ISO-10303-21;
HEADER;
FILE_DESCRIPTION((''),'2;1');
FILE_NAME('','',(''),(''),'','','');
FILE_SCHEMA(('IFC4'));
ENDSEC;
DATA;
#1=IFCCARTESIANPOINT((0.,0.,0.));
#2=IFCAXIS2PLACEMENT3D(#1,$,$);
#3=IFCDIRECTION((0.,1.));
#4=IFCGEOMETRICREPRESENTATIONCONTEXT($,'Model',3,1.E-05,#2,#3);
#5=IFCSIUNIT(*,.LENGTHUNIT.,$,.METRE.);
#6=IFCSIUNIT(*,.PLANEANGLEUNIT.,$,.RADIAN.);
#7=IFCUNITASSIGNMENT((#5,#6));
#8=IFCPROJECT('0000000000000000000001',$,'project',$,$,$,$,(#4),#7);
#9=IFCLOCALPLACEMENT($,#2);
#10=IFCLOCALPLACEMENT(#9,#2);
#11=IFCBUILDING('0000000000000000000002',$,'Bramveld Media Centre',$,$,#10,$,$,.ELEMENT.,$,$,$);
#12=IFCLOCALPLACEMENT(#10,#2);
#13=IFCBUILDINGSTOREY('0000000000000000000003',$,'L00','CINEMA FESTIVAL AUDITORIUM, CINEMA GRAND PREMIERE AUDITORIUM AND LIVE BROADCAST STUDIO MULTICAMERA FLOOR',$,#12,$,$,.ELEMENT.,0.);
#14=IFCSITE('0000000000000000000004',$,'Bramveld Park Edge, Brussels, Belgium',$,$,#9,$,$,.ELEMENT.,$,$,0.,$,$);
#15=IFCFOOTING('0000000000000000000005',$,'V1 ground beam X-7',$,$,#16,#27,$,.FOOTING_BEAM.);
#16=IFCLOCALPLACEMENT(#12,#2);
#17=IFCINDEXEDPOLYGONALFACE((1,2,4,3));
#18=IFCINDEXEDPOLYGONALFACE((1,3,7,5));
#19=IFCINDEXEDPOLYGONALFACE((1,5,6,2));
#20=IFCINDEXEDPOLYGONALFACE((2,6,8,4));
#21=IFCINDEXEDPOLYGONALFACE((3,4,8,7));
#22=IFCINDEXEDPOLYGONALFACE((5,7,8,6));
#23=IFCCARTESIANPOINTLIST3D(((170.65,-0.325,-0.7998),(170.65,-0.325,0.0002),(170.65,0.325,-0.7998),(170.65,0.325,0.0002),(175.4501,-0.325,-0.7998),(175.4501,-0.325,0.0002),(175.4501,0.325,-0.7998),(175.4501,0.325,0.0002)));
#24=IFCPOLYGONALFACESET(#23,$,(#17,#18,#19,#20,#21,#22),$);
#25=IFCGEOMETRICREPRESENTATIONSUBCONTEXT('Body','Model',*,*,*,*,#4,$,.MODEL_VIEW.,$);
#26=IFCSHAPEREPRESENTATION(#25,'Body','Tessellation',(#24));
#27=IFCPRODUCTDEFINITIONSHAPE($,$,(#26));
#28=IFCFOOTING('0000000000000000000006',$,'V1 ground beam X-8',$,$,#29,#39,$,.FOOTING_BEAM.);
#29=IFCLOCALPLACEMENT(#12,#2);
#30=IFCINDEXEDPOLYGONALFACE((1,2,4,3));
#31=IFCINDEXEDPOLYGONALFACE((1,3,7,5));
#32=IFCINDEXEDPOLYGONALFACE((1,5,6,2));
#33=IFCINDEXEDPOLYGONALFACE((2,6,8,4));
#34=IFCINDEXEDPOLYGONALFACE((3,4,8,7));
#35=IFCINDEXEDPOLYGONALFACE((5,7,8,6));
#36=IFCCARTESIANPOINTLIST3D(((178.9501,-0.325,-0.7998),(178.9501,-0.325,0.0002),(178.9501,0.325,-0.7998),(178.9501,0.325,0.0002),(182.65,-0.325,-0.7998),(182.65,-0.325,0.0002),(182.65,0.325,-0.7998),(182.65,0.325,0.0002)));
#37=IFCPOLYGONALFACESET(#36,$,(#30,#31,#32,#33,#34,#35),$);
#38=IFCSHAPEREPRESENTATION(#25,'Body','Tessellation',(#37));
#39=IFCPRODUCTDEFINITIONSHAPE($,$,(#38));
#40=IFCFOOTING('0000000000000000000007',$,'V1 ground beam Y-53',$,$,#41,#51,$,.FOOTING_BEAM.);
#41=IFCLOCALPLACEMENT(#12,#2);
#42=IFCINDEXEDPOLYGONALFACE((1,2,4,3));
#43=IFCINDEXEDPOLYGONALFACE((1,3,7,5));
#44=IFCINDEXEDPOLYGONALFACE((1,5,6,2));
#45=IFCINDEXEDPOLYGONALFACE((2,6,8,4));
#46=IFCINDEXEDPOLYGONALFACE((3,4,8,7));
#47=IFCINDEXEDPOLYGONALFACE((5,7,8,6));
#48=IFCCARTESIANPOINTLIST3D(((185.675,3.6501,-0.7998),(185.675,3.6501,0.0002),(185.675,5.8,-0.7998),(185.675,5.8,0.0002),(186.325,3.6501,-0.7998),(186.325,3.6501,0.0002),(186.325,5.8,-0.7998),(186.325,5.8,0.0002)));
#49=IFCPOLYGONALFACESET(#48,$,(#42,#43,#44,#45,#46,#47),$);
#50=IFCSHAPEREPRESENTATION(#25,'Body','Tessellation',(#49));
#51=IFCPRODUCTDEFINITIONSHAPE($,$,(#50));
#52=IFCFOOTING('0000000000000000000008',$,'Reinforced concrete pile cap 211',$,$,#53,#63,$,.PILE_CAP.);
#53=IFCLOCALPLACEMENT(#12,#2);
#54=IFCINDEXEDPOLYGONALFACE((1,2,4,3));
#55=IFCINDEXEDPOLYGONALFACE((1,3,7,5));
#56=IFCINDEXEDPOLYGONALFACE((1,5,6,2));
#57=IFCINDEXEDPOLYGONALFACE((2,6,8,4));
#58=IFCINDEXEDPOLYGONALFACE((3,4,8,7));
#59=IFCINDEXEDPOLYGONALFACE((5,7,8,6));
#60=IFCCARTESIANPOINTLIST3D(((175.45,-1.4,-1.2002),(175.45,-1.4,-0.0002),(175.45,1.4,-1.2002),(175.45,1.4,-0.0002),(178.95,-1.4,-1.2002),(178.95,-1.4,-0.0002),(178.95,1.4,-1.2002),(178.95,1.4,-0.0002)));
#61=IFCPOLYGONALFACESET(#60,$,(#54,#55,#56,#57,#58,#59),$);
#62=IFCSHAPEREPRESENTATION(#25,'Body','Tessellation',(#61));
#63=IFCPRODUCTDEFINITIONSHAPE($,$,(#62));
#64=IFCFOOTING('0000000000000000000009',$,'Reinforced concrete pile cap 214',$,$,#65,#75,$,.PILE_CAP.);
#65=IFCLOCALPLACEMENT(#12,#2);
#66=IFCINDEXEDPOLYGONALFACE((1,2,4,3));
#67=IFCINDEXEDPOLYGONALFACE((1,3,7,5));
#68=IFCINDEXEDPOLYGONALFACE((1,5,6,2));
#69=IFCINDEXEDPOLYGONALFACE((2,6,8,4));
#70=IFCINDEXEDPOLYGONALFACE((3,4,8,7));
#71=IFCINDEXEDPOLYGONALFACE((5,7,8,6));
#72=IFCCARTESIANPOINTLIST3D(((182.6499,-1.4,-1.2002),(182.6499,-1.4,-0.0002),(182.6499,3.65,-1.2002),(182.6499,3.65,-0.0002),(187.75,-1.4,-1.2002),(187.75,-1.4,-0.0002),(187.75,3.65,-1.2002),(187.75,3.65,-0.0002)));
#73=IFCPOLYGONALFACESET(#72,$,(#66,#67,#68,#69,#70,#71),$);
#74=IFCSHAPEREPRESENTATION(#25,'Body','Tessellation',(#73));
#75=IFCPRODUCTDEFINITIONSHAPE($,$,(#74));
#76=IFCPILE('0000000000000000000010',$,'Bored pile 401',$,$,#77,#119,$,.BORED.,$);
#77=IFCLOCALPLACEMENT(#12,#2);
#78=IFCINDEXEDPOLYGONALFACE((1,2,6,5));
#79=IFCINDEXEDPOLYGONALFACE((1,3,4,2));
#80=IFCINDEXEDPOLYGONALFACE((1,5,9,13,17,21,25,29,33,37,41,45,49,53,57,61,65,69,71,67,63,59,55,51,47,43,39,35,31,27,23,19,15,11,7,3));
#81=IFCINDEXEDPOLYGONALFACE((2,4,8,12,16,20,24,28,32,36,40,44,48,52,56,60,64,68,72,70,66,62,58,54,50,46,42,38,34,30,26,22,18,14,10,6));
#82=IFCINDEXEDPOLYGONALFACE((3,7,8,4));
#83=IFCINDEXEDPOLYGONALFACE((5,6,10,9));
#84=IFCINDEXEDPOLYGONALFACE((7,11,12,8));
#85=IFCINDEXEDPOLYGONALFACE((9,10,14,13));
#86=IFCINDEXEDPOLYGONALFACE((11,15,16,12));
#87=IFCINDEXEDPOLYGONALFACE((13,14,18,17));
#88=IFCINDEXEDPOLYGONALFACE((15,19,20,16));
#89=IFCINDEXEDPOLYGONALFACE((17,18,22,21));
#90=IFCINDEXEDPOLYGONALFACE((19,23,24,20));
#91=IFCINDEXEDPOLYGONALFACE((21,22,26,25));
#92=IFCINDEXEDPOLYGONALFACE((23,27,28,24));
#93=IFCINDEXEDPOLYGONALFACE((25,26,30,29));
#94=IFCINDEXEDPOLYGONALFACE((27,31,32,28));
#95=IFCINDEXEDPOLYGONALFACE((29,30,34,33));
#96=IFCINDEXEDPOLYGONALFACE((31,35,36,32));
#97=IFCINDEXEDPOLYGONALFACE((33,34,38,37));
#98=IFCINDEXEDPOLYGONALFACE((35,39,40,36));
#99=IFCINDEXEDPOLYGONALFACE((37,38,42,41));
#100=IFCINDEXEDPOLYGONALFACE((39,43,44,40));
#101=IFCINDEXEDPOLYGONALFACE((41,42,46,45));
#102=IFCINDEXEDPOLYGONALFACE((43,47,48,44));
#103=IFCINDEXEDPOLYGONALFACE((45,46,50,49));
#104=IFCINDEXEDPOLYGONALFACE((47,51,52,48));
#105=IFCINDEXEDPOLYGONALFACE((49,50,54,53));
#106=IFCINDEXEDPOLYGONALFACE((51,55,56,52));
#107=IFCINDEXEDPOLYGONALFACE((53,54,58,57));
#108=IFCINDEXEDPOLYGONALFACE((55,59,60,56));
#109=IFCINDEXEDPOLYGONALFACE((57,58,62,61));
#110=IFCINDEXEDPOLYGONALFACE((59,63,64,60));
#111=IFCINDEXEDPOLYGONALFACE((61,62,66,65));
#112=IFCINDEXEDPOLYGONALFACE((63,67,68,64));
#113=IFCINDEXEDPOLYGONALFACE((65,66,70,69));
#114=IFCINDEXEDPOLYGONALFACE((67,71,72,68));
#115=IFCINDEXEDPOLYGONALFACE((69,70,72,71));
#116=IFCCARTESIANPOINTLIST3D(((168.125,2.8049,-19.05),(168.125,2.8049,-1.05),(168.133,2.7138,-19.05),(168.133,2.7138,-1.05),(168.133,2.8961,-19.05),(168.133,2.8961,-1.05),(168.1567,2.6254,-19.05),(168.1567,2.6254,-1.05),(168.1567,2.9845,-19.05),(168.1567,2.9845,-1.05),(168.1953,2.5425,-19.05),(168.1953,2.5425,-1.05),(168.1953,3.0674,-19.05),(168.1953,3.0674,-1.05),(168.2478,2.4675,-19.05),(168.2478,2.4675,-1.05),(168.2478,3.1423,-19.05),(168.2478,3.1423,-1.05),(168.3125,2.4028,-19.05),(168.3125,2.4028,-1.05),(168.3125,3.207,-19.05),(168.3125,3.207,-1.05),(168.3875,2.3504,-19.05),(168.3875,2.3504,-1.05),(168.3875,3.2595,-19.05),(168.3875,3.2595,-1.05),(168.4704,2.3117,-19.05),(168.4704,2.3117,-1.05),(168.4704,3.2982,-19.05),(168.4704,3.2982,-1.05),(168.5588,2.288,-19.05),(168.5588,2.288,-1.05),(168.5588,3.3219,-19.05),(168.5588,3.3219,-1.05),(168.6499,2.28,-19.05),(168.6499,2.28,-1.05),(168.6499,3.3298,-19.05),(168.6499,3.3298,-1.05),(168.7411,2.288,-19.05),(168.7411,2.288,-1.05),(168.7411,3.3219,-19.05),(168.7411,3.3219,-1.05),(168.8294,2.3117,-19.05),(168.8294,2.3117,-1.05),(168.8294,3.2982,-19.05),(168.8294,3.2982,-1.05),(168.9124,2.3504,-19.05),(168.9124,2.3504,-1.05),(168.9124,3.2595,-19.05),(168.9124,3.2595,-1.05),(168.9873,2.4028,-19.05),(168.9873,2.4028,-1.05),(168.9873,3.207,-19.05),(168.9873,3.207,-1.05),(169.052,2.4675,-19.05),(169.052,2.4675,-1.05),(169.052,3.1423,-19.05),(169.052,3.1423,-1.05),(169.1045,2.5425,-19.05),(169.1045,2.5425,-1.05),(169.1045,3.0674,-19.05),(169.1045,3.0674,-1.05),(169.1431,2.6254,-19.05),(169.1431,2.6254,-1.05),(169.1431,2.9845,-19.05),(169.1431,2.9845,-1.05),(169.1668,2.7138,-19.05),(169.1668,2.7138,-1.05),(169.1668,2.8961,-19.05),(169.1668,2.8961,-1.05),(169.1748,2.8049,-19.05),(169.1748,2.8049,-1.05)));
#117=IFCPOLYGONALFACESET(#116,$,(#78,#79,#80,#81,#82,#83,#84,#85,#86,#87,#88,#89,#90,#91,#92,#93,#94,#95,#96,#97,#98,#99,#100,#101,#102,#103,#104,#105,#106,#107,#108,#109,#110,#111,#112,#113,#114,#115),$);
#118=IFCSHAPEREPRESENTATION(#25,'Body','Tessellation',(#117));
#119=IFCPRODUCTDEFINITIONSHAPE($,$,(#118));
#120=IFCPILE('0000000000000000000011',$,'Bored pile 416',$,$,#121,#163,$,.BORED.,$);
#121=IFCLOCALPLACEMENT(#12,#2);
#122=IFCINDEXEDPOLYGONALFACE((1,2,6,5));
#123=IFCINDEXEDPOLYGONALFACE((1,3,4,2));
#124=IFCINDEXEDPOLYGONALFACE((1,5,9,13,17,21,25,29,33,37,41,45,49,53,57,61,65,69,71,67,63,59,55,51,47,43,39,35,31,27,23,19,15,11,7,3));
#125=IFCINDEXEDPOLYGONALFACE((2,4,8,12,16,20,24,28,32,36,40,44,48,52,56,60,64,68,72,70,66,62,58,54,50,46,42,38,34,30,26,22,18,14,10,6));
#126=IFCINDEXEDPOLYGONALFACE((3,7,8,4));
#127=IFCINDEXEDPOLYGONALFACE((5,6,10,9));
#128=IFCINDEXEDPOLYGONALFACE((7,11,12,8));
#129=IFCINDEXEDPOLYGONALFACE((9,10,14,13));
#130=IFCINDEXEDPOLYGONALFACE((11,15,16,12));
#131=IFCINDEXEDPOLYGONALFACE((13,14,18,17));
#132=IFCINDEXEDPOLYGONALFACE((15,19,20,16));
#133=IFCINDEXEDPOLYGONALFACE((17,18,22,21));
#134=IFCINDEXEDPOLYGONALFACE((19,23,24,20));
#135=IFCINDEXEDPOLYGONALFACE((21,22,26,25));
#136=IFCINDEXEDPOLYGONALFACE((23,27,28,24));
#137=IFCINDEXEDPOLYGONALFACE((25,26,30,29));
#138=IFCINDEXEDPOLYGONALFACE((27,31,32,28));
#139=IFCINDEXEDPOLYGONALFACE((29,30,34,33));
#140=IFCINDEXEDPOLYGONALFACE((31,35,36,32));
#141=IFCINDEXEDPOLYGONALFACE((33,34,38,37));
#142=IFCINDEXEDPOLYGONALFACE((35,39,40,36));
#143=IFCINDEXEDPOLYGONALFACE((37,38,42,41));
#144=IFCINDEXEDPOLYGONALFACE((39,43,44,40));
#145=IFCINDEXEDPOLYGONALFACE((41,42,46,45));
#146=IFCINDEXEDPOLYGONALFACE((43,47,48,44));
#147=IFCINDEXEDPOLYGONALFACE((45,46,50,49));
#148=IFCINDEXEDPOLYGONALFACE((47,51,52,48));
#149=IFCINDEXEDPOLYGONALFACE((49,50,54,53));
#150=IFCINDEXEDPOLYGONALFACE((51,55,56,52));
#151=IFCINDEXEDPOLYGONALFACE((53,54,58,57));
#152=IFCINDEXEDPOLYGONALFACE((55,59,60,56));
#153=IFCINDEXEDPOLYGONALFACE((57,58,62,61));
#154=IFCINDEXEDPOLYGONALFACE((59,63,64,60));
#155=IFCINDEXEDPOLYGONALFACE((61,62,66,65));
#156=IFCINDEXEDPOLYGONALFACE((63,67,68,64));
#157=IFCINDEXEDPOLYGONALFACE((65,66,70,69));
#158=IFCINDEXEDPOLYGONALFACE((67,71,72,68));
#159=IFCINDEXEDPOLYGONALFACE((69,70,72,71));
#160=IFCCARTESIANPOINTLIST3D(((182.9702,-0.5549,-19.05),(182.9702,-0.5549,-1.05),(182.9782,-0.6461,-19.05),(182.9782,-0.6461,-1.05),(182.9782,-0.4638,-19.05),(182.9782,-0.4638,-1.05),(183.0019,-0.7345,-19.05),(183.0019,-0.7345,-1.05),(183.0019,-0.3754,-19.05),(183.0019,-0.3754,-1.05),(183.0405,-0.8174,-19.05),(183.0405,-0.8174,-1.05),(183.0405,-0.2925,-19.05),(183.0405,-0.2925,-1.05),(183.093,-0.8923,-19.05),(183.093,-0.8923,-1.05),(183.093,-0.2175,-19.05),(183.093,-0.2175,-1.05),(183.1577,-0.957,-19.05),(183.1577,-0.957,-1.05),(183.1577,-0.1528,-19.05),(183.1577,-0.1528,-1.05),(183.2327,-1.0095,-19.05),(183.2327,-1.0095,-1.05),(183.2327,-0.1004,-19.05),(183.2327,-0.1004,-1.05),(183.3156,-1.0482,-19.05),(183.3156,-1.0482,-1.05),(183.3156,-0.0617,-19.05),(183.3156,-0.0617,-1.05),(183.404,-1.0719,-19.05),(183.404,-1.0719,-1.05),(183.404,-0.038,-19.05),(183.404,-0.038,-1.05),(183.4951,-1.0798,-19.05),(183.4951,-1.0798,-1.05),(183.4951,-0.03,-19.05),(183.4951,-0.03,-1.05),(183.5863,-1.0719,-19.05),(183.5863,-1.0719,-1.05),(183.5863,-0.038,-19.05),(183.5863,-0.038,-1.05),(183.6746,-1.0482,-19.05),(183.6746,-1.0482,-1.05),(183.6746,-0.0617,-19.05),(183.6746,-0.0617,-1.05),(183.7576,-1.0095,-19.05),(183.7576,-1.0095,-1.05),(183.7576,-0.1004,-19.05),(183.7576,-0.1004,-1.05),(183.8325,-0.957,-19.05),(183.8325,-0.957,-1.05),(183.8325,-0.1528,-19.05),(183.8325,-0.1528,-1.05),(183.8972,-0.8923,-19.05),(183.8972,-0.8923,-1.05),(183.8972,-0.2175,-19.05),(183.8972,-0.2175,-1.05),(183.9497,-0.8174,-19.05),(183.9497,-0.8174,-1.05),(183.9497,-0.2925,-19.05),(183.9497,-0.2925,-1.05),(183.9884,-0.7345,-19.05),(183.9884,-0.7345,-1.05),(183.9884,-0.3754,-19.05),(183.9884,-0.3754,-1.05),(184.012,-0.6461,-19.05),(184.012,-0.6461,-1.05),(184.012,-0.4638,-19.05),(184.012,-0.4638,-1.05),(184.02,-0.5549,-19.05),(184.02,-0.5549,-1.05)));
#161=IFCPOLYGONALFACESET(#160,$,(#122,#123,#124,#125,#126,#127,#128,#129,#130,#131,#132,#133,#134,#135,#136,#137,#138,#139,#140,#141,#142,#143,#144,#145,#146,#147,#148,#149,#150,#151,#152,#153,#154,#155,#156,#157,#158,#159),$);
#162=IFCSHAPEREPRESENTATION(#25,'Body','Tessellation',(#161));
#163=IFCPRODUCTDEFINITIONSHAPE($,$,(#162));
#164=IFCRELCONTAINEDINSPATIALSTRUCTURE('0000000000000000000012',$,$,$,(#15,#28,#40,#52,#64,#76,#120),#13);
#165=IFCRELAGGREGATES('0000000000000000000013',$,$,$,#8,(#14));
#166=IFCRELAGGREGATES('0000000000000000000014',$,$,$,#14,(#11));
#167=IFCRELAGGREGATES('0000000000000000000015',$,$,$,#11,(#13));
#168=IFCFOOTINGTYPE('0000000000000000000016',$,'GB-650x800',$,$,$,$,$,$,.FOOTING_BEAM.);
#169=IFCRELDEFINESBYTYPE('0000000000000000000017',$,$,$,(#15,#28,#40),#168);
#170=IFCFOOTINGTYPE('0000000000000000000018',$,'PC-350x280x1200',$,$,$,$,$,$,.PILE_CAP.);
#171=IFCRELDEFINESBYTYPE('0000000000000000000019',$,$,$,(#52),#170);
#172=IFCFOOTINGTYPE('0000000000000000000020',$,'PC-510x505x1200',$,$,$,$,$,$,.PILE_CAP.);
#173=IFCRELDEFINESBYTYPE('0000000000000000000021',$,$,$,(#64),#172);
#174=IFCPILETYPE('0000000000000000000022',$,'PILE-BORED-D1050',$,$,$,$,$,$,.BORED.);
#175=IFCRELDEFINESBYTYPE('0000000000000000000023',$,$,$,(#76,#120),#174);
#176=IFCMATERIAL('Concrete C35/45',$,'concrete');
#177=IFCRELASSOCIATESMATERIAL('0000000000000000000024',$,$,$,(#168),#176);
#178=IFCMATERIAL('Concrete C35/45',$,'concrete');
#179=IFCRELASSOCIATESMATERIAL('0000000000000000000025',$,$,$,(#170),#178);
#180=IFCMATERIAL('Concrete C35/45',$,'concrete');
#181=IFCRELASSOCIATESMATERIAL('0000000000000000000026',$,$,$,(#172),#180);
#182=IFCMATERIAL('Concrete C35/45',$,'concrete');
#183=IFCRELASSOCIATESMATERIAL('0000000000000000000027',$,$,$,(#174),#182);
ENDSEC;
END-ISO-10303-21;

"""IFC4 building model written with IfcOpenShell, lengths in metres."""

from ifc_helpers import new_model, si_unit, direction, frame, origin, origin_2d, place, context, subcontext, project, spatial, rectangle, circle, extrude, material, material_profile, profile_set, type_object, element, save


model = new_model("IFC4")

# Units and contexts
model_context = context("Model", 3, precision=1e-05, world=origin(), true_north=direction((0.0, 1.0)))
body_context = subcontext(model_context, "Body", "Model", "MODEL_VIEW")
ifc_project = project(units=[si_unit("LENGTHUNIT", "METRE"), si_unit("PLANEANGLEUNIT", "RADIAN")], contexts=[model_context])

# Site, building, storey
site_placement = place(None, origin())
site = spatial("IfcSite", under=ifc_project, at=site_placement, Name="Bramveld Park Edge, Brussels, Belgium", CompositionType="ELEMENT", RefElevation=0.0)
building_placement = place(site_placement, origin())
building = spatial("IfcBuilding", under=site, at=building_placement, Name="Bramveld Media Centre", CompositionType="ELEMENT")
storey_placement = place(building_placement, origin())
storey = spatial("IfcBuildingStorey", under=building, at=storey_placement, Name="L00", Description="CINEMA FESTIVAL AUDITORIUM, CINEMA GRAND PREMIERE AUDITORIUM AND LIVE BROADCAST STUDIO MULTICAMERA FLOOR", CompositionType="ELEMENT", Elevation=0.0)

# Footings
ifc_material_1 = material(Name="Concrete C35/45", Category="concrete")
footing_type_1 = type_object("IfcFootingType", Name="GB-650x800", PredefinedType="FOOTING_BEAM", material=ifc_material_1)
footing_1_placement = place(storey_placement, frame((173.05, 0.0, -0.7998), z_axis=(0.0, 0.0, 1.0), x_axis=(1.0, 0.0, 0.0)))
element("IfcFooting", 1, at=footing_1_placement, inside=storey, type_object=footing_type_1, Name="V1 ground beam X-7", PredefinedType="FOOTING_BEAM", context=body_context, shape_type="SweptSolid", body=[
    extrude(rectangle(XDim=4.8, YDim=0.6499, at=origin_2d()), origin(), (0.0, 0.0, 1.0), 0.8),
])
footing_2_placement = place(storey_placement, frame((180.8, 0.0, -0.7998), z_axis=(0.0, 0.0, 1.0), x_axis=(1.0, 0.0, 0.0)))
element("IfcFooting", 2, at=footing_2_placement, inside=storey, type_object=footing_type_1, Name="V1 ground beam X-8", PredefinedType="FOOTING_BEAM", context=body_context, shape_type="SweptSolid", body=[
    extrude(rectangle(XDim=3.7, YDim=0.6499, at=origin_2d()), origin(), (0.0, 0.0, 1.0), 0.8),
])
footing_3_placement = place(storey_placement, frame((186.0, 4.7251, -0.7998), z_axis=(0.0, 0.0, 1.0), x_axis=(1.0, 0.0, 0.0)))
element("IfcFooting", 3, at=footing_3_placement, inside=storey, type_object=footing_type_1, Name="V1 ground beam Y-53", PredefinedType="FOOTING_BEAM", context=body_context, shape_type="SweptSolid", body=[
    extrude(rectangle(XDim=0.6499, YDim=2.1499, at=origin_2d()), origin(), (0.0, 0.0, 1.0), 0.8),
])
ifc_material_2 = material(Name="Concrete C35/45", Category="concrete")
footing_type_2 = type_object("IfcFootingType", Name="PC-350x280x1200", PredefinedType="PILE_CAP", material=ifc_material_2)
footing_4_placement = place(storey_placement, frame((177.2, 0.0, -1.2002), z_axis=(0.0, 0.0, 1.0), x_axis=(1.0, 0.0, 0.0)))
element("IfcFooting", 4, at=footing_4_placement, inside=storey, type_object=footing_type_2, Name="Reinforced concrete pile cap 211", PredefinedType="PILE_CAP", context=body_context, shape_type="SweptSolid", body=[
    extrude(rectangle(XDim=3.5, YDim=2.8, at=origin_2d()), origin(), (0.0, 0.0, 1.0), 1.2),
])
ifc_material_3 = material(Name="Concrete C35/45", Category="concrete")
footing_type_3 = type_object("IfcFootingType", Name="PC-510x505x1200", PredefinedType="PILE_CAP", material=ifc_material_3)
footing_5_placement = place(storey_placement, frame((185.2, 1.125, -1.2002), z_axis=(0.0, 0.0, 1.0), x_axis=(1.0, 0.0, 0.0)))
element("IfcFooting", 5, at=footing_5_placement, inside=storey, type_object=footing_type_3, Name="Reinforced concrete pile cap 214", PredefinedType="PILE_CAP", context=body_context, shape_type="SweptSolid", body=[
    extrude(rectangle(XDim=5.1001, YDim=5.05, at=origin_2d()), origin(), (0.0, 0.0, 1.0), 1.2),
])

# Piles
ifc_material_4 = material(Name="Concrete C35/45", Category="concrete")
ifc_material_profile_1 = material_profile(ifc_material_4, circle(Radius=0.5249, at=origin_2d()), Name="BORED D1050")
ifc_profile_set_1 = profile_set([ifc_material_profile_1], Name="Concrete C35/45")
pile_type_1 = type_object("IfcPileType", Name="PILE-BORED-D1050", PredefinedType="BORED", material=ifc_profile_set_1)
for number, where, z_axis, x_axis, name in (
    (6, (168.6499, 2.8049, -1.05), (0.0, 0.0, -1.0), (1.0, 0.0, 0.0), "Bored pile 401"),
    (7, (183.4951, -0.5549, -1.05), (0.0, 0.0, -1.0), (1.0, 0.0, 0.0), "Bored pile 416"),
):
    element("IfcPile", number, at=place(storey_placement, frame(where, z_axis=z_axis, x_axis=x_axis)), inside=storey, type_object=pile_type_1, Name=name, PredefinedType="BORED", context=body_context, shape_type="SweptSolid", body=[
        extrude(circle(Radius=0.5249, at=origin_2d()), origin(), (0.0, 0.0, 1.0), 18.0),
    ])

save(model, "model.ifc")
